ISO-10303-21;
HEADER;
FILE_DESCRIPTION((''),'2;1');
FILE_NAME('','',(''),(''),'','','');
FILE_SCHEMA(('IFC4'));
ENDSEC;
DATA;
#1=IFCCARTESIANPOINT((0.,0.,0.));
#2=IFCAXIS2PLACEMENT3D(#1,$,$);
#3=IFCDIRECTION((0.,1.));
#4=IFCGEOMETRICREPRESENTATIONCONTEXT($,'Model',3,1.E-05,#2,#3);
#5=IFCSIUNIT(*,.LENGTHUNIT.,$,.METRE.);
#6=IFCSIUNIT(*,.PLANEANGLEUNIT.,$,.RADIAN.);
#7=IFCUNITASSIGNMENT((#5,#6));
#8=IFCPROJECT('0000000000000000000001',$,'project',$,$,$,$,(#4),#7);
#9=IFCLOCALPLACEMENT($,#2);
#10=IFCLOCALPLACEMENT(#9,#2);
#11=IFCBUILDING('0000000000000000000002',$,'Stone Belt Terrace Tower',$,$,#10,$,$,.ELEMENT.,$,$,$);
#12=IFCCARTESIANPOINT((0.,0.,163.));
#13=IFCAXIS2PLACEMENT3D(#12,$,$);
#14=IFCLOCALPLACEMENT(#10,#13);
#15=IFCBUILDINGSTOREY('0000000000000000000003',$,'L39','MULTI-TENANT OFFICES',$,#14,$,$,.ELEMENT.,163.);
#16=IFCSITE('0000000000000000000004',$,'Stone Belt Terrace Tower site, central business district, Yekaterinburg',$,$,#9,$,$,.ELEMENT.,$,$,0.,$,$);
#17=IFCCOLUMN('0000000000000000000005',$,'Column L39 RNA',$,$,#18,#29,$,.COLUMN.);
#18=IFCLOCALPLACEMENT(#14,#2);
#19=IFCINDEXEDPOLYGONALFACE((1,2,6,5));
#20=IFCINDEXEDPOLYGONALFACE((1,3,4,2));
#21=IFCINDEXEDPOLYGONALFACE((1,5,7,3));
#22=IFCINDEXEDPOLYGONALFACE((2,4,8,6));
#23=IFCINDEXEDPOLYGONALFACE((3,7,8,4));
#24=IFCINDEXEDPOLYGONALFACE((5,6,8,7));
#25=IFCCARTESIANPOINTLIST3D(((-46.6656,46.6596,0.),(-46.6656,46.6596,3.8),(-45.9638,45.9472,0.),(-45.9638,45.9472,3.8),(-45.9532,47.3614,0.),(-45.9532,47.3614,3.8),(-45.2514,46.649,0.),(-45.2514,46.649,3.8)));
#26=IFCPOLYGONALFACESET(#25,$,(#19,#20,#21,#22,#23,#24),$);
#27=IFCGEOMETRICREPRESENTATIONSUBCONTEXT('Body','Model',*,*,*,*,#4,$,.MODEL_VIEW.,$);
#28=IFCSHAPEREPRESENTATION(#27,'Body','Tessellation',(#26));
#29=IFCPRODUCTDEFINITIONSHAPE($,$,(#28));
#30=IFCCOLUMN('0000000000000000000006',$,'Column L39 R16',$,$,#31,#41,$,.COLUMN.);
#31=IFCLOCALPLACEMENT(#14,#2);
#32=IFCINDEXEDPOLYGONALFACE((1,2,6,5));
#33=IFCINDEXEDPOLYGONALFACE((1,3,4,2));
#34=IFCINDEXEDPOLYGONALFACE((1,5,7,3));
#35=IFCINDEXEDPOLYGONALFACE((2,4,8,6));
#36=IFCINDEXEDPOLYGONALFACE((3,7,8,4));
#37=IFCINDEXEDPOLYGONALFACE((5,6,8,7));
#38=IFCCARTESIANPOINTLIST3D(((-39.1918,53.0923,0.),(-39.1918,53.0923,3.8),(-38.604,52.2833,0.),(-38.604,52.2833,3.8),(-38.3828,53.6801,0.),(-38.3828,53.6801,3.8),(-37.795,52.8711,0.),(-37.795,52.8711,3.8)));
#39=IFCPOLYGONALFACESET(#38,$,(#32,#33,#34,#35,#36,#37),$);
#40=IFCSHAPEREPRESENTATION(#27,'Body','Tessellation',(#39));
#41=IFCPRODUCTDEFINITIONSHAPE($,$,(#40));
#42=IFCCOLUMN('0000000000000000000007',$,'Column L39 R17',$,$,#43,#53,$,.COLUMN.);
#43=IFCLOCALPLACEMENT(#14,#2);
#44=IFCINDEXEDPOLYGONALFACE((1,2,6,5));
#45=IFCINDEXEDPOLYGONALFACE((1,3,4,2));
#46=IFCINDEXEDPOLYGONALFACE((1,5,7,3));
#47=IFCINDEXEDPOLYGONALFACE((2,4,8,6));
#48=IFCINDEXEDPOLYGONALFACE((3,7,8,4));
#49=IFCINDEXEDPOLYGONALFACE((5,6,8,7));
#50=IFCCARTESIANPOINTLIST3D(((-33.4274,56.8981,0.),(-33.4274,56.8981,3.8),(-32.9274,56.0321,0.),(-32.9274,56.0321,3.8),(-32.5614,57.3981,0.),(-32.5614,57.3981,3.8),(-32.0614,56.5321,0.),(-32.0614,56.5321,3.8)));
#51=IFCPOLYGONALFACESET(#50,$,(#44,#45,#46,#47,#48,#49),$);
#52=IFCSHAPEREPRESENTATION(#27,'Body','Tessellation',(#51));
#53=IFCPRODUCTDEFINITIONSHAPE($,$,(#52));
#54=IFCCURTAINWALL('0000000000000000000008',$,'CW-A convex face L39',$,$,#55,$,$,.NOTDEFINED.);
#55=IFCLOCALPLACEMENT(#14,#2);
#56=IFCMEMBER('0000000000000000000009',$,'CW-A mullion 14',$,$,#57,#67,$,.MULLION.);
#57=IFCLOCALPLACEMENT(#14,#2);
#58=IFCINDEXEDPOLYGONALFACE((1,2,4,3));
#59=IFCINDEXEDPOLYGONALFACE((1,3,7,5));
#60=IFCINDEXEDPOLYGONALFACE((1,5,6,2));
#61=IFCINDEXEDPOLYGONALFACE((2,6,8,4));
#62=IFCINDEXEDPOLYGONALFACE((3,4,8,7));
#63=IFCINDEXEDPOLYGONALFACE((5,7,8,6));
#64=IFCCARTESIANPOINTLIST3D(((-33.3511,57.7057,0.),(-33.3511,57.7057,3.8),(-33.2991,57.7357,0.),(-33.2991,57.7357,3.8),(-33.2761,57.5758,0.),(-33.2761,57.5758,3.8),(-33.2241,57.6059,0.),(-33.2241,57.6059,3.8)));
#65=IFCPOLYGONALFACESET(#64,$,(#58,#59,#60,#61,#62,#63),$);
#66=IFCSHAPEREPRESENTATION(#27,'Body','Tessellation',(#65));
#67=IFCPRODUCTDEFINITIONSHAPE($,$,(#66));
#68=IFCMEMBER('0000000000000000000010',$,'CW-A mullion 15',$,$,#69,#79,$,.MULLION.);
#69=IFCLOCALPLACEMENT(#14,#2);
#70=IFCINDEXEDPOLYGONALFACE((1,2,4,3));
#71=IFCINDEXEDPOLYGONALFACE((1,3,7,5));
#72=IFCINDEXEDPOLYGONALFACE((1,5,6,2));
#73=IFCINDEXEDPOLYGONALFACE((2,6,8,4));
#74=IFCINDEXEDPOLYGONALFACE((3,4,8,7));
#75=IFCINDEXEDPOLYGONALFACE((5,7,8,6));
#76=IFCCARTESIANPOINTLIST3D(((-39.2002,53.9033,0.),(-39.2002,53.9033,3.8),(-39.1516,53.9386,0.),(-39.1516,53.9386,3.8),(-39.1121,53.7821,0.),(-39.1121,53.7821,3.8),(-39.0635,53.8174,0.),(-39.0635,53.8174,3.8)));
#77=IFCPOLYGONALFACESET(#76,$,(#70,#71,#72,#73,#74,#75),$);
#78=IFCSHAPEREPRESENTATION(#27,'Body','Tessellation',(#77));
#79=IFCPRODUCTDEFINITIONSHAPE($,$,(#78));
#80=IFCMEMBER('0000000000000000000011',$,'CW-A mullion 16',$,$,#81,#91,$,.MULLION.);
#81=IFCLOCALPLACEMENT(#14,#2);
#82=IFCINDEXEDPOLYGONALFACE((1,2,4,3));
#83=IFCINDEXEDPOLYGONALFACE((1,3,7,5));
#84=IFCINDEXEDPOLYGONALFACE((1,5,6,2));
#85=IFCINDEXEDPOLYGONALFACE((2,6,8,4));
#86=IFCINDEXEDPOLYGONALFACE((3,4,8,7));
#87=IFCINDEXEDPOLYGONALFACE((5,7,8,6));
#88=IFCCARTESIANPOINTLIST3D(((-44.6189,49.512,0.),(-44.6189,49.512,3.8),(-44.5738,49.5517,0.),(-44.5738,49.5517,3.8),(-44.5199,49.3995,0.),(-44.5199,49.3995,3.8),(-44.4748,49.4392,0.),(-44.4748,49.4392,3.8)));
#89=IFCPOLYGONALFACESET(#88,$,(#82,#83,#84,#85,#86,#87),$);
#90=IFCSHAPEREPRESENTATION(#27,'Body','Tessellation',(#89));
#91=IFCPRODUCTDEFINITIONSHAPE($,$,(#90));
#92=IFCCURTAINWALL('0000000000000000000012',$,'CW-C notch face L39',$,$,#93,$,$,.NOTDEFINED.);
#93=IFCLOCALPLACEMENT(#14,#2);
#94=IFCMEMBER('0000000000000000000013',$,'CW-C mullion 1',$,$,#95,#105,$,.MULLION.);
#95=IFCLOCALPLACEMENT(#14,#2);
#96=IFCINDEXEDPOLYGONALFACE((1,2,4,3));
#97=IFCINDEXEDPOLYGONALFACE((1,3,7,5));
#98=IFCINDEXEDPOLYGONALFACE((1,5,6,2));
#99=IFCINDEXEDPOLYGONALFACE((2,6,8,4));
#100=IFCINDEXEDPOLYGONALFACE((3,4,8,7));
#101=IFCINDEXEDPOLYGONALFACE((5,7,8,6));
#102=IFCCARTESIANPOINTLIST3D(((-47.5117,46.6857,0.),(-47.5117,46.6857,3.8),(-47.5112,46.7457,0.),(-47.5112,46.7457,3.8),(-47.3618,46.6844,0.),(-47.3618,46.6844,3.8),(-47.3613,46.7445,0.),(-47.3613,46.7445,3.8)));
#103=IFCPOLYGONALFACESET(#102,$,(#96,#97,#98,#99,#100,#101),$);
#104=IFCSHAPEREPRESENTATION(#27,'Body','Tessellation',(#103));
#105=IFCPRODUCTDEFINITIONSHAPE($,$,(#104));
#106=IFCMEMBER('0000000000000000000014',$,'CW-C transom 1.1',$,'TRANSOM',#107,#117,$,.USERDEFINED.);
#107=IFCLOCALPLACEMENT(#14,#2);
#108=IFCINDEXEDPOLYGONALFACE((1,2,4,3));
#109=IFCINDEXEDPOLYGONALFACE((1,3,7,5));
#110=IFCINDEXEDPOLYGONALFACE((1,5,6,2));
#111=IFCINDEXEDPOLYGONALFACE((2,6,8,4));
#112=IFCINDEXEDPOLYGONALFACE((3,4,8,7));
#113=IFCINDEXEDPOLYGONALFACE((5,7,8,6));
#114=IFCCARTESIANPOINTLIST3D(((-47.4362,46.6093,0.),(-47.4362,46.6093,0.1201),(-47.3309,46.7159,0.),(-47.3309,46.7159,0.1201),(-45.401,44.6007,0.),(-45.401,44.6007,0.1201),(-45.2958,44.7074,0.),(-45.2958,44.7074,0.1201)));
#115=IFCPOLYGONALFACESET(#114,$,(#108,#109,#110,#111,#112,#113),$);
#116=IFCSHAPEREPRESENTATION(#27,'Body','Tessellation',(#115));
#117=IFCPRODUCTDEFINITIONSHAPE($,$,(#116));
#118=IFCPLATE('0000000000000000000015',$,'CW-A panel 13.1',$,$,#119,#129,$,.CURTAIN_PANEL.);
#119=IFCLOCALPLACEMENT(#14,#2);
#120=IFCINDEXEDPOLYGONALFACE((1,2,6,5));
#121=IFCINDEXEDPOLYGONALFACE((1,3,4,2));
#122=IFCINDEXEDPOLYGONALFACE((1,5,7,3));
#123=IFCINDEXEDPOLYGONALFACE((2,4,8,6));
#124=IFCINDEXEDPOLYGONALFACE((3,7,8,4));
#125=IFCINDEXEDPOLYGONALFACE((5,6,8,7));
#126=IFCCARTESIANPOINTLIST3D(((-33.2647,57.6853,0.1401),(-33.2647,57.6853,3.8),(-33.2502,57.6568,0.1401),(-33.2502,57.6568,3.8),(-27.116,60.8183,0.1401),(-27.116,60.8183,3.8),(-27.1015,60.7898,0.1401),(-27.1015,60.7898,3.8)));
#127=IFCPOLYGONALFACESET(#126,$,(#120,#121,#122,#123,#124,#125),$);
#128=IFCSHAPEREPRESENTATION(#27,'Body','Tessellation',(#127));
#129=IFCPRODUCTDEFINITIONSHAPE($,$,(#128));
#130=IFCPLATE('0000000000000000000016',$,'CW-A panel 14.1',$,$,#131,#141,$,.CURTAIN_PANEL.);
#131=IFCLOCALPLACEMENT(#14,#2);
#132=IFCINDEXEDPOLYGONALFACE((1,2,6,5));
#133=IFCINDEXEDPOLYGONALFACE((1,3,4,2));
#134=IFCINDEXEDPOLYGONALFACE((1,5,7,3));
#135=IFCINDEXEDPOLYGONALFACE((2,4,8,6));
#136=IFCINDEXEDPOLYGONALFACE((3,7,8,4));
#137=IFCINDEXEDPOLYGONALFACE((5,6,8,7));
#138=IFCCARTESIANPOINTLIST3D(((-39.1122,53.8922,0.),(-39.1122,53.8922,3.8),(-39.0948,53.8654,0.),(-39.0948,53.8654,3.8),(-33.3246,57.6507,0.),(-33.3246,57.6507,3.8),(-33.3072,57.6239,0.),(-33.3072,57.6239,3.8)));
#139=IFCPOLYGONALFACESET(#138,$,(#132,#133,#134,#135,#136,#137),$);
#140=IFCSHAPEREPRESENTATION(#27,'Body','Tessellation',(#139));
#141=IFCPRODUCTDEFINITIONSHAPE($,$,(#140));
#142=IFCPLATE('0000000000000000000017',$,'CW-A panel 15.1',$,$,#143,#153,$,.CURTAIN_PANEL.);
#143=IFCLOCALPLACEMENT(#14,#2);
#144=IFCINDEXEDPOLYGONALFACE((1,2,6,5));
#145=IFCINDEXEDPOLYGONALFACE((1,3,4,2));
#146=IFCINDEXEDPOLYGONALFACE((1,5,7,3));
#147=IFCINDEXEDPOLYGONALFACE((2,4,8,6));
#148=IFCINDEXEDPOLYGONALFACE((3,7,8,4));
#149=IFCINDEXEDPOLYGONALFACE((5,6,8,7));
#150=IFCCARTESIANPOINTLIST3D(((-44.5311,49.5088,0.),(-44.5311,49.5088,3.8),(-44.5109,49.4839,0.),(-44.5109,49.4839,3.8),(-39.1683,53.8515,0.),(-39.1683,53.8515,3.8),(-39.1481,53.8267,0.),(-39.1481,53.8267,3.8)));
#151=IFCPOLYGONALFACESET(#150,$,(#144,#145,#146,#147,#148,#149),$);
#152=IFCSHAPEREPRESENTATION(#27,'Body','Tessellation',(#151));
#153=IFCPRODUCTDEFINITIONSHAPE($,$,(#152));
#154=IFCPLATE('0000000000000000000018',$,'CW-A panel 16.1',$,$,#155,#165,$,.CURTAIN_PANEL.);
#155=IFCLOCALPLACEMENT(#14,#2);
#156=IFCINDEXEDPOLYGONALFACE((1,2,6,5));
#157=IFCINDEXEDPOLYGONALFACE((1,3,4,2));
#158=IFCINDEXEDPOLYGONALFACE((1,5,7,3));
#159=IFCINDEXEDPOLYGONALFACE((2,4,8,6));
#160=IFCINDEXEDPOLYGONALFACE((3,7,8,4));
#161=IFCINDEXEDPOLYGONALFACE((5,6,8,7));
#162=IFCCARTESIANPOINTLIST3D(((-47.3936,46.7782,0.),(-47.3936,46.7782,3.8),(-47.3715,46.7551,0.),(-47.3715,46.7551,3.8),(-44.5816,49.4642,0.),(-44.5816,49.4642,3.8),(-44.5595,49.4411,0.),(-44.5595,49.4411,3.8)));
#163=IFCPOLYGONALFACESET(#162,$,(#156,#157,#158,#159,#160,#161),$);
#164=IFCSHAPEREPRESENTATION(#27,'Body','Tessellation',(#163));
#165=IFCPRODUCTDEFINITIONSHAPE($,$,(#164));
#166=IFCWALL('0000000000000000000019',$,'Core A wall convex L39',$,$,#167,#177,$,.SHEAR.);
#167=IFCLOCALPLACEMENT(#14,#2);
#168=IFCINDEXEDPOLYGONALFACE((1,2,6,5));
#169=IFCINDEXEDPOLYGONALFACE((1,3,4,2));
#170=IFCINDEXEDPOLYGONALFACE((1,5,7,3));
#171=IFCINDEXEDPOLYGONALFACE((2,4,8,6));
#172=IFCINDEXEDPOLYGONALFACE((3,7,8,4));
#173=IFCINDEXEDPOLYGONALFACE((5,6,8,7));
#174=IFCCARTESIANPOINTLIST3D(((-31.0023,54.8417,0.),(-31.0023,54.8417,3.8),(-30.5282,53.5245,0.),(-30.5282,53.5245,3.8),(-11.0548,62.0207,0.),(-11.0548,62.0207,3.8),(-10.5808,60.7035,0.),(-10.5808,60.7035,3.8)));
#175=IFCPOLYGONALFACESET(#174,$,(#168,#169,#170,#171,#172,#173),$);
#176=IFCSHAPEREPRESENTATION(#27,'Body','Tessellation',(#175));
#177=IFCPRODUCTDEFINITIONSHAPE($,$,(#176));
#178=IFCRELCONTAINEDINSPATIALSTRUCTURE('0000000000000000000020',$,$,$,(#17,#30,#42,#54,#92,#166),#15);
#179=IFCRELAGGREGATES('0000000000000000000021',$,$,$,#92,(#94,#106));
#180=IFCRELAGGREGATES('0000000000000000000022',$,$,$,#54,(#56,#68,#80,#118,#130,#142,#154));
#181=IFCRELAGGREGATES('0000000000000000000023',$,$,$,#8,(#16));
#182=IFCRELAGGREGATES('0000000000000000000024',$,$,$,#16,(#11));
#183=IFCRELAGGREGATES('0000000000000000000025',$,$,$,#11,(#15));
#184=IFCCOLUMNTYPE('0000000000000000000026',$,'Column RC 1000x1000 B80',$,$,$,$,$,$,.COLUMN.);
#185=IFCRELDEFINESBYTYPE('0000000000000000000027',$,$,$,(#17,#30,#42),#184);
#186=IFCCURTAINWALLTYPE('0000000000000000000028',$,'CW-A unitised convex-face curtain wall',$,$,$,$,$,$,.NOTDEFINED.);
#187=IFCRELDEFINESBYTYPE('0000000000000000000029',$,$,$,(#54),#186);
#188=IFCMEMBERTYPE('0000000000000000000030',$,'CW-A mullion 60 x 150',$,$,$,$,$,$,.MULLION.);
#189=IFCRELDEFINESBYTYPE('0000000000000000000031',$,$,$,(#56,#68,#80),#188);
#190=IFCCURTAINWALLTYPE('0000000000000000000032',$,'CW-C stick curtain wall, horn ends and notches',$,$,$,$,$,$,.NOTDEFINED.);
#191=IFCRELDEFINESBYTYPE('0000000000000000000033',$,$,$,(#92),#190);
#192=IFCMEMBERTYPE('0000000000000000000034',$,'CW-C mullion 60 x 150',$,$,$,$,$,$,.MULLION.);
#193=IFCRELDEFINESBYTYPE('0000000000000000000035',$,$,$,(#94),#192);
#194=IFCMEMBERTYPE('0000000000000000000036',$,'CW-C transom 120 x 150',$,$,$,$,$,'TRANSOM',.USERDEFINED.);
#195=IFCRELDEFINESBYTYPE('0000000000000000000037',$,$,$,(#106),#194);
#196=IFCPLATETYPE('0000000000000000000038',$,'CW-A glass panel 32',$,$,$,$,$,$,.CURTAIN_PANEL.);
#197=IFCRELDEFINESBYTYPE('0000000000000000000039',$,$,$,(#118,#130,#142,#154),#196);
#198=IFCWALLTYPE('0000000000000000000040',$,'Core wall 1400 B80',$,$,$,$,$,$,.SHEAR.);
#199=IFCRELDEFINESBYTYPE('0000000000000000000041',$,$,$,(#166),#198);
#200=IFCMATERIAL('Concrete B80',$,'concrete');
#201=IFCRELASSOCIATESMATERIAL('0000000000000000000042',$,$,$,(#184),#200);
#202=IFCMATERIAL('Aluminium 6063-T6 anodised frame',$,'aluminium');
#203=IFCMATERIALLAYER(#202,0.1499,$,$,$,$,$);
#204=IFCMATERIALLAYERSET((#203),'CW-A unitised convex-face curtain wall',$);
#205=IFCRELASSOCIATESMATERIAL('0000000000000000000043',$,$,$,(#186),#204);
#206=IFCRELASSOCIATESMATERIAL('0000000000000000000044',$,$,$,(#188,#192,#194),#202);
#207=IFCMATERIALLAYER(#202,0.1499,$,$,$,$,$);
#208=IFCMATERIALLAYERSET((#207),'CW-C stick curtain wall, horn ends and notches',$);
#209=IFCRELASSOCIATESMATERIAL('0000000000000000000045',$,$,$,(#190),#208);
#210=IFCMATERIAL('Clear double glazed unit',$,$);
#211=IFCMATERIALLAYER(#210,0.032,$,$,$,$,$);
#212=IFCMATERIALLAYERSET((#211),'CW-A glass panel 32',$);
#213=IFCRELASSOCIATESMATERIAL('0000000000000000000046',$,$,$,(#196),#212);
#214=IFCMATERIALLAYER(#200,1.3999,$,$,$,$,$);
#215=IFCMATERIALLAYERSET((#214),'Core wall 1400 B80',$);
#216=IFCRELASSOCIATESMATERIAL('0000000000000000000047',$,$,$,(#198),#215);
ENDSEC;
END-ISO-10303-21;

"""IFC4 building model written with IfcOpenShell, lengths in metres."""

from ifc_helpers import new_model, si_unit, direction, frame, frame_2d, origin, origin_2d, place, context, subcontext, project, spatial, rectangle, extrude, material, layer, layer_set, material_profile, profile_set, type_object, element, aggregate, save


model = new_model("IFC4")

# Units and contexts
model_context = context("Model", 3, precision=1e-05, world=origin(), true_north=direction((0.0, 1.0)))
body_context = subcontext(model_context, "Body", "Model", "MODEL_VIEW")
ifc_project = project(units=[si_unit("LENGTHUNIT", "METRE"), si_unit("PLANEANGLEUNIT", "RADIAN")], contexts=[model_context])

# Site, building, storey
site_placement = place(None, origin())
site = spatial("IfcSite", under=ifc_project, at=site_placement, Name="Stone Belt Terrace Tower site, central business district, Yekaterinburg", CompositionType="ELEMENT", RefElevation=0.0)
building_placement = place(site_placement, origin())
building = spatial("IfcBuilding", under=site, at=building_placement, Name="Stone Belt Terrace Tower", CompositionType="ELEMENT")
storey_placement = place(building_placement, frame((0.0, 0.0, 163.0)))
storey = spatial("IfcBuildingStorey", under=building, at=storey_placement, Name="L39", Description="MULTI-TENANT OFFICES", CompositionType="ELEMENT", Elevation=163.0)

# Columns
ifc_material_1 = material(Name="Concrete B80", Category="concrete")
ifc_material_profile_1 = material_profile(ifc_material_1, rectangle(XDim=1.0, YDim=1.0, at=origin_2d()), Name="RC 1000x1000")
ifc_profile_set_1 = profile_set([ifc_material_profile_1], Name="Concrete B80")
column_type = type_object("IfcColumnType", Name="Column RC 1000x1000 B80", PredefinedType="COLUMN", material=ifc_profile_set_1)
for number, where, z_axis, x_axis, name in (
    (1, (-45.9585, 46.6543, 0.0), (0.0, 0.0, 1.0), (0.712398, 0.701775, 0.0), "Column L39 RNA"),
    (2, (-38.4934, 52.9817, 0.0), (0.0, 0.0, 1.0), (0.809017, 0.587785, 0.0), "Column L39 R16"),
    (3, (-32.7444, 56.7151, 0.0), (0.0, 0.0, 1.0), (0.866025, 0.5, 0.0), "Column L39 R17"),
):
    element("IfcColumn", number, at=place(storey_placement, frame(where, z_axis=z_axis, x_axis=x_axis)), inside=storey, type_object=column_type, Name=name, PredefinedType="COLUMN", context=body_context, shape_type="SweptSolid", body=[
        extrude(rectangle(XDim=1.0, YDim=1.0, at=origin_2d()), origin(), (0.0, 0.0, 1.0), 3.8),
    ])

# Curtain walls, members
ifc_material_2 = material(Name="Aluminium 6063-T6 anodised frame", Category="aluminium")
ifc_layer_1 = layer(ifc_material_2, 0.1499)
ifc_layer_set_1 = layer_set([ifc_layer_1], Name="CW-A unitised convex-face curtain wall")
curtain_wall_type_1 = type_object("IfcCurtainWallType", Name="CW-A unitised convex-face curtain wall", PredefinedType="NOTDEFINED", material=ifc_layer_set_1)
curtain_wall_1_placement = place(storey_placement, origin())
curtain_wall_1 = element("IfcCurtainWall", 4, at=curtain_wall_1_placement, inside=storey, type_object=curtain_wall_type_1, Name="CW-A convex face L39", PredefinedType="NOTDEFINED")
ifc_material_profile_2 = material_profile(ifc_material_2, rectangle(XDim=0.1499, YDim=0.0601, at=origin_2d()), Name="Aluminium 6063-T6 60x150")
ifc_profile_set_2 = profile_set([ifc_material_profile_2], Name="Aluminium 6063-T6 anodised frame")
member_type_1 = type_object("IfcMemberType", Name="CW-A mullion 60 x 150", PredefinedType="MULLION", material=ifc_profile_set_2)
member_1_placement = place(storey_placement, frame((-33.2876, 57.6558, 0.0), z_axis=(0.0, 0.0, 1.0), x_axis=(0.5, -0.866025, 0.0)))
member_1 = element("IfcMember", 5, at=member_1_placement, type_object=member_type_1, Name="CW-A mullion 14", PredefinedType="MULLION", context=body_context, shape_type="SweptSolid", body=[
    extrude(rectangle(XDim=0.1499, YDim=0.0601, at=origin_2d()), origin(), (0.0, 0.0, 1.0), 3.8),
])
member_2_placement = place(storey_placement, frame((-39.1318, 53.8604, 0.0), z_axis=(0.0, 0.0, 1.0), x_axis=(0.587785, -0.809017, 0.0)))
member_2 = element("IfcMember", 6, at=member_2_placement, type_object=member_type_1, Name="CW-A mullion 15", PredefinedType="MULLION", context=body_context, shape_type="SweptSolid", body=[
    extrude(rectangle(XDim=0.1499, YDim=0.0601, at=origin_2d()), origin(), (0.0, 0.0, 1.0), 3.8),
])
member_3_placement = place(storey_placement, frame((-44.5469, 49.4756, 0.0), z_axis=(0.0, 0.0, 1.0), x_axis=(0.660573, -0.750761, 0.0)))
member_3 = element("IfcMember", 7, at=member_3_placement, type_object=member_type_1, Name="CW-A mullion 16", PredefinedType="MULLION", context=body_context, shape_type="SweptSolid", body=[
    extrude(rectangle(XDim=0.1499, YDim=0.0601, at=origin_2d()), origin(), (0.0, 0.0, 1.0), 3.8),
])
ifc_layer_2 = layer(ifc_material_2, 0.1499)
ifc_layer_set_2 = layer_set([ifc_layer_2], Name="CW-C stick curtain wall, horn ends and notches")
curtain_wall_type_2 = type_object("IfcCurtainWallType", Name="CW-C stick curtain wall, horn ends and notches", PredefinedType="NOTDEFINED", material=ifc_layer_set_2)
curtain_wall_2_placement = place(storey_placement, origin())
curtain_wall_2 = element("IfcCurtainWall", 8, at=curtain_wall_2_placement, inside=storey, type_object=curtain_wall_type_2, Name="CW-C notch face L39", PredefinedType="NOTDEFINED")
ifc_material_profile_3 = material_profile(ifc_material_2, rectangle(XDim=0.1499, YDim=0.0601, at=origin_2d()), Name="Aluminium 6063-T6 60x150")
ifc_profile_set_3 = profile_set([ifc_material_profile_3], Name="Aluminium 6063-T6 anodised frame")
member_type_2 = type_object("IfcMemberType", Name="CW-C mullion 60 x 150", PredefinedType="MULLION", material=ifc_profile_set_3)
member_4_placement = place(storey_placement, frame((-47.4365, 46.7151, 0.0), z_axis=(0.0, 0.0, 1.0), x_axis=(0.999966, -0.008188, 0.0)))
member_4 = element("IfcMember", 9, at=member_4_placement, type_object=member_type_2, Name="CW-C mullion 1", PredefinedType="MULLION", context=body_context, shape_type="SweptSolid", body=[
    extrude(rectangle(XDim=0.1499, YDim=0.0601, at=origin_2d()), origin(), (0.0, 0.0, 1.0), 3.8),
])
ifc_material_profile_4 = material_profile(ifc_material_2, rectangle(XDim=0.1499, YDim=0.1201, at=origin_2d()), Name="Aluminium 6063-T6 150x120")
ifc_profile_set_4 = profile_set([ifc_material_profile_4], Name="Aluminium 6063-T6 anodised frame")
member_type_3 = type_object("IfcMemberType", Name="CW-C transom 120 x 150", ElementType="TRANSOM", PredefinedType="USERDEFINED", material=ifc_profile_set_4)
member_5_placement = place(storey_placement, frame((-47.3835, 46.6626, 0.0601), z_axis=(0.711745, -0.702438, 0.0), x_axis=(0.702438, 0.711745, 0.0)))
member_5 = element("IfcMember", 10, at=member_5_placement, type_object=member_type_3, Name="CW-C transom 1.1", ObjectType="TRANSOM", PredefinedType="USERDEFINED", context=body_context, shape_type="SweptSolid", body=[
    extrude(rectangle(XDim=0.1499, YDim=0.1201, at=origin_2d()), origin(), (0.0, 0.0, 1.0), 2.8594),
])
aggregate(curtain_wall_2, [member_4, member_5])

# Plates
ifc_material_3 = material(Name="Clear double glazed unit")
ifc_layer_3 = layer(ifc_material_3, 0.032)
ifc_layer_set_3 = layer_set([ifc_layer_3], Name="CW-A glass panel 32")
plate_type = type_object("IfcPlateType", Name="CW-A glass panel 32", PredefinedType="CURTAIN_PANEL", material=ifc_layer_set_3)
plate_1_placement = place(storey_placement, frame((-30.1831, 59.2375, 0.1401), z_axis=(0.0, 0.0, 1.0), x_axis=(-0.891007, -0.45399, 0.0)))
plate_1 = element("IfcPlate", 11, at=plate_1_placement, type_object=plate_type, Name="CW-A panel 13.1", PredefinedType="CURTAIN_PANEL", context=body_context, shape_type="SweptSolid", body=[
    extrude(rectangle(XDim=6.9009, YDim=0.032, at=origin_2d()), origin(), (0.0, 0.0, 1.0), 3.6599),
])
plate_2_placement = place(storey_placement, frame((-36.2097, 55.7581, 0.0), z_axis=(0.0, 0.0, 1.0), x_axis=(-0.838671, -0.544639, 0.0)))
plate_2 = element("IfcPlate", 12, at=plate_2_placement, type_object=plate_type, Name="CW-A panel 14.1", PredefinedType="CURTAIN_PANEL", context=body_context, shape_type="SweptSolid", body=[
    extrude(rectangle(XDim=6.9009, YDim=0.032, at=origin_2d()), origin(), (0.0, 0.0, 1.0), 3.8),
])
plate_3_placement = place(storey_placement, frame((-41.8396, 51.6677, 0.0), z_axis=(0.0, 0.0, 1.0), x_axis=(-0.777146, -0.62932, 0.0)))
plate_3 = element("IfcPlate", 13, at=plate_3_placement, type_object=plate_type, Name="CW-A panel 15.1", PredefinedType="CURTAIN_PANEL", context=body_context, shape_type="SweptSolid", body=[
    extrude(rectangle(XDim=6.9006, YDim=0.032, at=origin_2d()), origin(), (0.0, 0.0, 1.0), 3.8),
])
plate_4_placement = place(storey_placement, frame((-45.9766, 48.1096, 0.0), z_axis=(0.0, 0.0, 1.0), x_axis=(-0.723121, -0.690721, 0.0)))
plate_4 = element("IfcPlate", 14, at=plate_4_placement, type_object=plate_type, Name="CW-A panel 16.1", PredefinedType="CURTAIN_PANEL", context=body_context, shape_type="SweptSolid", body=[
    extrude(rectangle(XDim=3.8887, YDim=0.032, at=origin_2d()), origin(), (0.0, 0.0, 1.0), 3.8),
])
aggregate(curtain_wall_1, [member_1, member_2, member_3, plate_1, plate_2, plate_3, plate_4])

# Wall
ifc_layer_4 = layer(ifc_material_1, 1.3999)
ifc_layer_set_4 = layer_set([ifc_layer_4], Name="Core wall 1400 B80")
wall_type_1 = type_object("IfcWallType", Name="Core wall 1400 B80", PredefinedType="SHEAR", material=ifc_layer_set_4)
wall_1_placement = place(storey_placement, frame((-30.7654, 54.1831, 0.0), z_axis=(0.0, 0.0, 1.0), x_axis=(0.94092, 0.33863, 0.0)))
element("IfcWall", 15, at=wall_1_placement, inside=storey, type_object=wall_type_1, Name="Core A wall convex L39", PredefinedType="SHEAR", context=body_context, shape_type="SweptSolid", body=[
    extrude(rectangle(XDim=21.2, YDim=1.3999, at=frame_2d((10.6001, 0.0))), origin(), (0.0, 0.0, 1.0), 3.8),
])

save(model, "model.ifc")
